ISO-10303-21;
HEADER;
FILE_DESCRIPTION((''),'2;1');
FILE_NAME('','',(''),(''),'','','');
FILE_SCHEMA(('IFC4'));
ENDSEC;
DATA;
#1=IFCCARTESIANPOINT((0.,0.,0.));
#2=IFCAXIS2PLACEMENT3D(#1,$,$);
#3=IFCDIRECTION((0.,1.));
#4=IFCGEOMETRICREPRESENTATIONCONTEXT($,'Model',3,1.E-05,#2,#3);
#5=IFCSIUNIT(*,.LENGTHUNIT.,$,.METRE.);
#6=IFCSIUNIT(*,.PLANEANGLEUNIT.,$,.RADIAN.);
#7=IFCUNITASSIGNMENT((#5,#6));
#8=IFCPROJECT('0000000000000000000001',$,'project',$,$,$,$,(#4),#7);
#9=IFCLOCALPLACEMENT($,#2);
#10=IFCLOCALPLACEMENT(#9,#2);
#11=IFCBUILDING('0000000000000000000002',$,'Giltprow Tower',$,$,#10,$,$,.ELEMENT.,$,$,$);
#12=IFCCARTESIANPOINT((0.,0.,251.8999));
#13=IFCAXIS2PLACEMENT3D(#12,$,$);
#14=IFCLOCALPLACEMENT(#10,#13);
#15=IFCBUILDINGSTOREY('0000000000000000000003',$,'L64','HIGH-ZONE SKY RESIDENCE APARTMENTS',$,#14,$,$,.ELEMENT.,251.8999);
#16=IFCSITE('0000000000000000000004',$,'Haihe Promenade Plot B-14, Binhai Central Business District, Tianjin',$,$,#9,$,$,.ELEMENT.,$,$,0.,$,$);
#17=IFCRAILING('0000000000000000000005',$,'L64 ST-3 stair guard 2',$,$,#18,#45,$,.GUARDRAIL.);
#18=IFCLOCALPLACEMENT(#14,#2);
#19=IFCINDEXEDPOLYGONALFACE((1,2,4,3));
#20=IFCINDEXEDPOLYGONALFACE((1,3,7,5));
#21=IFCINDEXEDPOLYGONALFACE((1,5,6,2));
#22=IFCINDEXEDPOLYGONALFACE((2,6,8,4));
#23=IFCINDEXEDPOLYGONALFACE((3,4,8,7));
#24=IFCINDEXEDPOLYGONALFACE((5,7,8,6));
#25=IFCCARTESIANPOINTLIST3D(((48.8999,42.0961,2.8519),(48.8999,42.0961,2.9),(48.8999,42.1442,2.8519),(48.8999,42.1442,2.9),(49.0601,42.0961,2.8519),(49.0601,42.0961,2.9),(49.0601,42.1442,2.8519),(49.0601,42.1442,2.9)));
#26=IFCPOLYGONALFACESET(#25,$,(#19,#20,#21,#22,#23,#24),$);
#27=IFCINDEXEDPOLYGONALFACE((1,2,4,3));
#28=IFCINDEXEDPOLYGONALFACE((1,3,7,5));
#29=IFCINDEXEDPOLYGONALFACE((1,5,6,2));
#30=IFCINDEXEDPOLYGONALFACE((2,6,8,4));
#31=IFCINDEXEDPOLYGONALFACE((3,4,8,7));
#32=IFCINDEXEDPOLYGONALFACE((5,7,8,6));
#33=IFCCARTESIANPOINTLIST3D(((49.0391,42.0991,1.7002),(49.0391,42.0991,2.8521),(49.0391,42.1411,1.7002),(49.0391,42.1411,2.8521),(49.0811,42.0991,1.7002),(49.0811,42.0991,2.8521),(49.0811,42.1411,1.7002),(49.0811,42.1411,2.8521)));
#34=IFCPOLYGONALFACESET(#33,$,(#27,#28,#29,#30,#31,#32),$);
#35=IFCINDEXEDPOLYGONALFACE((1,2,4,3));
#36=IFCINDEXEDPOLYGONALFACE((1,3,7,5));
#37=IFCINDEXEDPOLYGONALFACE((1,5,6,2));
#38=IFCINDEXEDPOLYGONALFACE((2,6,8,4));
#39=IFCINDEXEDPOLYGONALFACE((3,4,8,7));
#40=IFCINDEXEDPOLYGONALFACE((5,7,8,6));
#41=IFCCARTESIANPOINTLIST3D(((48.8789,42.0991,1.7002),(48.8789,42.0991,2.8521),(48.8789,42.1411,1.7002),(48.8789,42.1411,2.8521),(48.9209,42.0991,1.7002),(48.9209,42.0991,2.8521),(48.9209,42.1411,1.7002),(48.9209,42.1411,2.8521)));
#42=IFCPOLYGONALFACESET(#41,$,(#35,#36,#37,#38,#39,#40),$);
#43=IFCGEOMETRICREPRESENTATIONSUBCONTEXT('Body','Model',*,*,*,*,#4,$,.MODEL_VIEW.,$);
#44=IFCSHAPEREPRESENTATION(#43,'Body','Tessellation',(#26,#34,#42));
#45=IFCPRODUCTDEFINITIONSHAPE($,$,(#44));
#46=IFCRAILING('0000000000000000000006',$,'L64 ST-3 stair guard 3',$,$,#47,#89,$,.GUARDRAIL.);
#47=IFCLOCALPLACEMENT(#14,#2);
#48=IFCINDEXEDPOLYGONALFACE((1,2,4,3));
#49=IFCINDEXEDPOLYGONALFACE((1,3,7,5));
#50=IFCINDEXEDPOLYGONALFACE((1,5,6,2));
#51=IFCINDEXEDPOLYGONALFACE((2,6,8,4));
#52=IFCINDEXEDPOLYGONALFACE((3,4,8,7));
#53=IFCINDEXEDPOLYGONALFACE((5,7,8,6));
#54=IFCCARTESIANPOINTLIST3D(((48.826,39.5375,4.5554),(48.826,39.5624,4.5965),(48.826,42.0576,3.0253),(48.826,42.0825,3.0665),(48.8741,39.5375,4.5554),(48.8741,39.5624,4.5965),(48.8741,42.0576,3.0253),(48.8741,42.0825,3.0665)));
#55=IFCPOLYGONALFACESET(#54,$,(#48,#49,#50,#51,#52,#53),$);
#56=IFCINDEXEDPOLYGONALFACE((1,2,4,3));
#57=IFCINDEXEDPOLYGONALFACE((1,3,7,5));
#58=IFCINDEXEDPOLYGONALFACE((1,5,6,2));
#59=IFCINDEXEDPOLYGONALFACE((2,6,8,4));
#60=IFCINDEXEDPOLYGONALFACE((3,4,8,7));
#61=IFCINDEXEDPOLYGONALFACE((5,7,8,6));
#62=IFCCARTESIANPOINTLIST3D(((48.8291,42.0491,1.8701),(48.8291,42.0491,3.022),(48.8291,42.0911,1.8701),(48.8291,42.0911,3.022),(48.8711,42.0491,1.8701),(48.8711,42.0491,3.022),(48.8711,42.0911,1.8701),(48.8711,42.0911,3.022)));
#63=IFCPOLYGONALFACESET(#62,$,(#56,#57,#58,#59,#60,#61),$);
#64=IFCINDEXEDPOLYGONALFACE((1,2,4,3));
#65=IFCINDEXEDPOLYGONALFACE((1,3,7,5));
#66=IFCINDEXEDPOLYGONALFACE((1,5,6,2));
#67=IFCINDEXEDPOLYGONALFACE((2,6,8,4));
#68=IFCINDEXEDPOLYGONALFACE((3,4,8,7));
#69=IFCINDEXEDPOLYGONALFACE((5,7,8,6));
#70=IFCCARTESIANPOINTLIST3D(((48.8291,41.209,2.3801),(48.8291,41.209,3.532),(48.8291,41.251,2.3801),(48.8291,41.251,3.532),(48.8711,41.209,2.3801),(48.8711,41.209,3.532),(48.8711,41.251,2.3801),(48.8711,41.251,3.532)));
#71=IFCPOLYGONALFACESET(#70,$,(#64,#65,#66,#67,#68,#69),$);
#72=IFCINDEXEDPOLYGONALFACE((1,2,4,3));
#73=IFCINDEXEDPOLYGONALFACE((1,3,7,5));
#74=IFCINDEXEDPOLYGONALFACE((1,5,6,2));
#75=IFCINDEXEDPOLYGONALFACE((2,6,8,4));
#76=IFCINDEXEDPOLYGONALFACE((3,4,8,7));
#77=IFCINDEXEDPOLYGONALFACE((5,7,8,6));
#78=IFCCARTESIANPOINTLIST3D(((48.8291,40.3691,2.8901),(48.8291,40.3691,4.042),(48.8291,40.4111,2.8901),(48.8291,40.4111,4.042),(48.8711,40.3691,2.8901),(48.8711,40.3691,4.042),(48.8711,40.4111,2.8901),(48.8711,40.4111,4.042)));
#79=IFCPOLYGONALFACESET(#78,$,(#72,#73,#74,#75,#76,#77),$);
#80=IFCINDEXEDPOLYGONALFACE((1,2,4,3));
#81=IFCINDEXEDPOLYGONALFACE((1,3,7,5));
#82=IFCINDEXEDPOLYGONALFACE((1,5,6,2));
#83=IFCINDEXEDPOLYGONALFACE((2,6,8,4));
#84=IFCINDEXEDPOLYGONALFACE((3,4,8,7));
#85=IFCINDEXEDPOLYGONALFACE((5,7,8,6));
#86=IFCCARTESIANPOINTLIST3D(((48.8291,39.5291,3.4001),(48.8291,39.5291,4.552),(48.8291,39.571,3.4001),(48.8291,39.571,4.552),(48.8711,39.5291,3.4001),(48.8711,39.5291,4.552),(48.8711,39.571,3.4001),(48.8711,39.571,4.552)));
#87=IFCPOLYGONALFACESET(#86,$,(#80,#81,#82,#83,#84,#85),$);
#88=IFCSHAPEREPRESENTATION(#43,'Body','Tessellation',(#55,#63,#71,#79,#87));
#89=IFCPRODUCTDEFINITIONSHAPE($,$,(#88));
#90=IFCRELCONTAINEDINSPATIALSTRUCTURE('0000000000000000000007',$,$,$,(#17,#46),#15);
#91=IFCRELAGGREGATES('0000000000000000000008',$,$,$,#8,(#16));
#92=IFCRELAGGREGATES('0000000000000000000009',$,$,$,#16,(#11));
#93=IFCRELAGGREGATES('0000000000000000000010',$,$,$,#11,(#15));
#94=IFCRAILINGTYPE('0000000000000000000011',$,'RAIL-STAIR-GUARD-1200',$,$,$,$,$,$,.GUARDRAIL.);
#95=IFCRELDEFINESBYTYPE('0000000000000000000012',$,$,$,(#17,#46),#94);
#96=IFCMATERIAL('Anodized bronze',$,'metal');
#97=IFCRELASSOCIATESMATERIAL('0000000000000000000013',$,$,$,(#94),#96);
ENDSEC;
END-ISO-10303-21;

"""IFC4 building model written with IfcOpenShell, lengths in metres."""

from ifc_helpers import new_model, si_unit, direction, frame, origin, origin_2d, place, context, subcontext, project, spatial, rectangle, extrude, material, type_object, element, save


model = new_model("IFC4")

# Units and contexts
model_context = context("Model", 3, precision=1e-05, world=origin(), true_north=direction((0.0, 1.0)))
body_context = subcontext(model_context, "Body", "Model", "MODEL_VIEW")
ifc_project = project(units=[si_unit("LENGTHUNIT", "METRE"), si_unit("PLANEANGLEUNIT", "RADIAN")], contexts=[model_context])

# Site, building, storey
site_placement = place(None, origin())
site = spatial("IfcSite", under=ifc_project, at=site_placement, Name="Haihe Promenade Plot B-14, Binhai Central Business District, Tianjin", CompositionType="ELEMENT", RefElevation=0.0)
building_placement = place(site_placement, origin())
building = spatial("IfcBuilding", under=site, at=building_placement, Name="Giltprow Tower", CompositionType="ELEMENT")
storey_placement = place(building_placement, frame((0.0, 0.0, 251.8999)))
storey = spatial("IfcBuildingStorey", under=building, at=storey_placement, Name="L64", Description="HIGH-ZONE SKY RESIDENCE APARTMENTS", CompositionType="ELEMENT", Elevation=251.8999)

# Railings
ifc_material_1 = material(Name="Anodized bronze", Category="metal")
railing_type_1 = type_object("IfcRailingType", Name="RAIL-STAIR-GUARD-1200", PredefinedType="GUARDRAIL", material=ifc_material_1)
railing_1_placement = place(storey_placement, frame((49.0601, 42.1201, 1.7002)))
element("IfcRailing", 1, at=railing_1_placement, inside=storey, type_object=railing_type_1, Name="L64 ST-3 stair guard 2", PredefinedType="GUARDRAIL", context=body_context, shape_type="SweptSolid", body=[
    extrude(rectangle(XDim=0.0481, YDim=0.0481, at=origin_2d()), frame((0.0, 0.0, 1.1758), z_axis=(-1.0, 0.0, 0.0), x_axis=(0.0, -1.0, 0.0)), (0.0, 0.0, 1.0), 0.1602),
    extrude(rectangle(XDim=0.042, YDim=0.042, at=origin_2d()), origin(), (0.0, 0.0, 1.0), 1.1519),
    extrude(rectangle(XDim=0.042, YDim=0.042, at=origin_2d()), frame((-0.1602, 0.0, 0.0)), (0.0, 0.0, 1.0), 1.1519),
])
railing_2_placement = place(storey_placement, frame((48.8501, 42.0701, 1.8701)))
element("IfcRailing", 2, at=railing_2_placement, inside=storey, type_object=railing_type_1, Name="L64 ST-3 stair guard 3", PredefinedType="GUARDRAIL", context=body_context, shape_type="SweptSolid", body=[
    extrude(rectangle(XDim=0.0481, YDim=0.0481, at=origin_2d()), frame((0.0, 0.0, 1.1758), z_axis=(0.0, -0.854785, 0.518982), x_axis=(1.0, 0.0, 0.0)), (0.0, 0.0, 1.0), 2.9482),
    extrude(rectangle(XDim=0.042, YDim=0.042, at=origin_2d()), origin(), (0.0, 0.0, 1.0), 1.1519),
    extrude(rectangle(XDim=0.042, YDim=0.042, at=origin_2d()), frame((0.0, -0.8401, 0.51)), (0.0, 0.0, 1.0), 1.1519),
    extrude(rectangle(XDim=0.042, YDim=0.042, at=origin_2d()), frame((0.0, -1.6799, 1.02)), (0.0, 0.0, 1.0), 1.1519),
    extrude(rectangle(XDim=0.042, YDim=0.042, at=origin_2d()), frame((0.0, -2.52, 1.53)), (0.0, 0.0, 1.0), 1.1519),
])

save(model, "model.ifc")
